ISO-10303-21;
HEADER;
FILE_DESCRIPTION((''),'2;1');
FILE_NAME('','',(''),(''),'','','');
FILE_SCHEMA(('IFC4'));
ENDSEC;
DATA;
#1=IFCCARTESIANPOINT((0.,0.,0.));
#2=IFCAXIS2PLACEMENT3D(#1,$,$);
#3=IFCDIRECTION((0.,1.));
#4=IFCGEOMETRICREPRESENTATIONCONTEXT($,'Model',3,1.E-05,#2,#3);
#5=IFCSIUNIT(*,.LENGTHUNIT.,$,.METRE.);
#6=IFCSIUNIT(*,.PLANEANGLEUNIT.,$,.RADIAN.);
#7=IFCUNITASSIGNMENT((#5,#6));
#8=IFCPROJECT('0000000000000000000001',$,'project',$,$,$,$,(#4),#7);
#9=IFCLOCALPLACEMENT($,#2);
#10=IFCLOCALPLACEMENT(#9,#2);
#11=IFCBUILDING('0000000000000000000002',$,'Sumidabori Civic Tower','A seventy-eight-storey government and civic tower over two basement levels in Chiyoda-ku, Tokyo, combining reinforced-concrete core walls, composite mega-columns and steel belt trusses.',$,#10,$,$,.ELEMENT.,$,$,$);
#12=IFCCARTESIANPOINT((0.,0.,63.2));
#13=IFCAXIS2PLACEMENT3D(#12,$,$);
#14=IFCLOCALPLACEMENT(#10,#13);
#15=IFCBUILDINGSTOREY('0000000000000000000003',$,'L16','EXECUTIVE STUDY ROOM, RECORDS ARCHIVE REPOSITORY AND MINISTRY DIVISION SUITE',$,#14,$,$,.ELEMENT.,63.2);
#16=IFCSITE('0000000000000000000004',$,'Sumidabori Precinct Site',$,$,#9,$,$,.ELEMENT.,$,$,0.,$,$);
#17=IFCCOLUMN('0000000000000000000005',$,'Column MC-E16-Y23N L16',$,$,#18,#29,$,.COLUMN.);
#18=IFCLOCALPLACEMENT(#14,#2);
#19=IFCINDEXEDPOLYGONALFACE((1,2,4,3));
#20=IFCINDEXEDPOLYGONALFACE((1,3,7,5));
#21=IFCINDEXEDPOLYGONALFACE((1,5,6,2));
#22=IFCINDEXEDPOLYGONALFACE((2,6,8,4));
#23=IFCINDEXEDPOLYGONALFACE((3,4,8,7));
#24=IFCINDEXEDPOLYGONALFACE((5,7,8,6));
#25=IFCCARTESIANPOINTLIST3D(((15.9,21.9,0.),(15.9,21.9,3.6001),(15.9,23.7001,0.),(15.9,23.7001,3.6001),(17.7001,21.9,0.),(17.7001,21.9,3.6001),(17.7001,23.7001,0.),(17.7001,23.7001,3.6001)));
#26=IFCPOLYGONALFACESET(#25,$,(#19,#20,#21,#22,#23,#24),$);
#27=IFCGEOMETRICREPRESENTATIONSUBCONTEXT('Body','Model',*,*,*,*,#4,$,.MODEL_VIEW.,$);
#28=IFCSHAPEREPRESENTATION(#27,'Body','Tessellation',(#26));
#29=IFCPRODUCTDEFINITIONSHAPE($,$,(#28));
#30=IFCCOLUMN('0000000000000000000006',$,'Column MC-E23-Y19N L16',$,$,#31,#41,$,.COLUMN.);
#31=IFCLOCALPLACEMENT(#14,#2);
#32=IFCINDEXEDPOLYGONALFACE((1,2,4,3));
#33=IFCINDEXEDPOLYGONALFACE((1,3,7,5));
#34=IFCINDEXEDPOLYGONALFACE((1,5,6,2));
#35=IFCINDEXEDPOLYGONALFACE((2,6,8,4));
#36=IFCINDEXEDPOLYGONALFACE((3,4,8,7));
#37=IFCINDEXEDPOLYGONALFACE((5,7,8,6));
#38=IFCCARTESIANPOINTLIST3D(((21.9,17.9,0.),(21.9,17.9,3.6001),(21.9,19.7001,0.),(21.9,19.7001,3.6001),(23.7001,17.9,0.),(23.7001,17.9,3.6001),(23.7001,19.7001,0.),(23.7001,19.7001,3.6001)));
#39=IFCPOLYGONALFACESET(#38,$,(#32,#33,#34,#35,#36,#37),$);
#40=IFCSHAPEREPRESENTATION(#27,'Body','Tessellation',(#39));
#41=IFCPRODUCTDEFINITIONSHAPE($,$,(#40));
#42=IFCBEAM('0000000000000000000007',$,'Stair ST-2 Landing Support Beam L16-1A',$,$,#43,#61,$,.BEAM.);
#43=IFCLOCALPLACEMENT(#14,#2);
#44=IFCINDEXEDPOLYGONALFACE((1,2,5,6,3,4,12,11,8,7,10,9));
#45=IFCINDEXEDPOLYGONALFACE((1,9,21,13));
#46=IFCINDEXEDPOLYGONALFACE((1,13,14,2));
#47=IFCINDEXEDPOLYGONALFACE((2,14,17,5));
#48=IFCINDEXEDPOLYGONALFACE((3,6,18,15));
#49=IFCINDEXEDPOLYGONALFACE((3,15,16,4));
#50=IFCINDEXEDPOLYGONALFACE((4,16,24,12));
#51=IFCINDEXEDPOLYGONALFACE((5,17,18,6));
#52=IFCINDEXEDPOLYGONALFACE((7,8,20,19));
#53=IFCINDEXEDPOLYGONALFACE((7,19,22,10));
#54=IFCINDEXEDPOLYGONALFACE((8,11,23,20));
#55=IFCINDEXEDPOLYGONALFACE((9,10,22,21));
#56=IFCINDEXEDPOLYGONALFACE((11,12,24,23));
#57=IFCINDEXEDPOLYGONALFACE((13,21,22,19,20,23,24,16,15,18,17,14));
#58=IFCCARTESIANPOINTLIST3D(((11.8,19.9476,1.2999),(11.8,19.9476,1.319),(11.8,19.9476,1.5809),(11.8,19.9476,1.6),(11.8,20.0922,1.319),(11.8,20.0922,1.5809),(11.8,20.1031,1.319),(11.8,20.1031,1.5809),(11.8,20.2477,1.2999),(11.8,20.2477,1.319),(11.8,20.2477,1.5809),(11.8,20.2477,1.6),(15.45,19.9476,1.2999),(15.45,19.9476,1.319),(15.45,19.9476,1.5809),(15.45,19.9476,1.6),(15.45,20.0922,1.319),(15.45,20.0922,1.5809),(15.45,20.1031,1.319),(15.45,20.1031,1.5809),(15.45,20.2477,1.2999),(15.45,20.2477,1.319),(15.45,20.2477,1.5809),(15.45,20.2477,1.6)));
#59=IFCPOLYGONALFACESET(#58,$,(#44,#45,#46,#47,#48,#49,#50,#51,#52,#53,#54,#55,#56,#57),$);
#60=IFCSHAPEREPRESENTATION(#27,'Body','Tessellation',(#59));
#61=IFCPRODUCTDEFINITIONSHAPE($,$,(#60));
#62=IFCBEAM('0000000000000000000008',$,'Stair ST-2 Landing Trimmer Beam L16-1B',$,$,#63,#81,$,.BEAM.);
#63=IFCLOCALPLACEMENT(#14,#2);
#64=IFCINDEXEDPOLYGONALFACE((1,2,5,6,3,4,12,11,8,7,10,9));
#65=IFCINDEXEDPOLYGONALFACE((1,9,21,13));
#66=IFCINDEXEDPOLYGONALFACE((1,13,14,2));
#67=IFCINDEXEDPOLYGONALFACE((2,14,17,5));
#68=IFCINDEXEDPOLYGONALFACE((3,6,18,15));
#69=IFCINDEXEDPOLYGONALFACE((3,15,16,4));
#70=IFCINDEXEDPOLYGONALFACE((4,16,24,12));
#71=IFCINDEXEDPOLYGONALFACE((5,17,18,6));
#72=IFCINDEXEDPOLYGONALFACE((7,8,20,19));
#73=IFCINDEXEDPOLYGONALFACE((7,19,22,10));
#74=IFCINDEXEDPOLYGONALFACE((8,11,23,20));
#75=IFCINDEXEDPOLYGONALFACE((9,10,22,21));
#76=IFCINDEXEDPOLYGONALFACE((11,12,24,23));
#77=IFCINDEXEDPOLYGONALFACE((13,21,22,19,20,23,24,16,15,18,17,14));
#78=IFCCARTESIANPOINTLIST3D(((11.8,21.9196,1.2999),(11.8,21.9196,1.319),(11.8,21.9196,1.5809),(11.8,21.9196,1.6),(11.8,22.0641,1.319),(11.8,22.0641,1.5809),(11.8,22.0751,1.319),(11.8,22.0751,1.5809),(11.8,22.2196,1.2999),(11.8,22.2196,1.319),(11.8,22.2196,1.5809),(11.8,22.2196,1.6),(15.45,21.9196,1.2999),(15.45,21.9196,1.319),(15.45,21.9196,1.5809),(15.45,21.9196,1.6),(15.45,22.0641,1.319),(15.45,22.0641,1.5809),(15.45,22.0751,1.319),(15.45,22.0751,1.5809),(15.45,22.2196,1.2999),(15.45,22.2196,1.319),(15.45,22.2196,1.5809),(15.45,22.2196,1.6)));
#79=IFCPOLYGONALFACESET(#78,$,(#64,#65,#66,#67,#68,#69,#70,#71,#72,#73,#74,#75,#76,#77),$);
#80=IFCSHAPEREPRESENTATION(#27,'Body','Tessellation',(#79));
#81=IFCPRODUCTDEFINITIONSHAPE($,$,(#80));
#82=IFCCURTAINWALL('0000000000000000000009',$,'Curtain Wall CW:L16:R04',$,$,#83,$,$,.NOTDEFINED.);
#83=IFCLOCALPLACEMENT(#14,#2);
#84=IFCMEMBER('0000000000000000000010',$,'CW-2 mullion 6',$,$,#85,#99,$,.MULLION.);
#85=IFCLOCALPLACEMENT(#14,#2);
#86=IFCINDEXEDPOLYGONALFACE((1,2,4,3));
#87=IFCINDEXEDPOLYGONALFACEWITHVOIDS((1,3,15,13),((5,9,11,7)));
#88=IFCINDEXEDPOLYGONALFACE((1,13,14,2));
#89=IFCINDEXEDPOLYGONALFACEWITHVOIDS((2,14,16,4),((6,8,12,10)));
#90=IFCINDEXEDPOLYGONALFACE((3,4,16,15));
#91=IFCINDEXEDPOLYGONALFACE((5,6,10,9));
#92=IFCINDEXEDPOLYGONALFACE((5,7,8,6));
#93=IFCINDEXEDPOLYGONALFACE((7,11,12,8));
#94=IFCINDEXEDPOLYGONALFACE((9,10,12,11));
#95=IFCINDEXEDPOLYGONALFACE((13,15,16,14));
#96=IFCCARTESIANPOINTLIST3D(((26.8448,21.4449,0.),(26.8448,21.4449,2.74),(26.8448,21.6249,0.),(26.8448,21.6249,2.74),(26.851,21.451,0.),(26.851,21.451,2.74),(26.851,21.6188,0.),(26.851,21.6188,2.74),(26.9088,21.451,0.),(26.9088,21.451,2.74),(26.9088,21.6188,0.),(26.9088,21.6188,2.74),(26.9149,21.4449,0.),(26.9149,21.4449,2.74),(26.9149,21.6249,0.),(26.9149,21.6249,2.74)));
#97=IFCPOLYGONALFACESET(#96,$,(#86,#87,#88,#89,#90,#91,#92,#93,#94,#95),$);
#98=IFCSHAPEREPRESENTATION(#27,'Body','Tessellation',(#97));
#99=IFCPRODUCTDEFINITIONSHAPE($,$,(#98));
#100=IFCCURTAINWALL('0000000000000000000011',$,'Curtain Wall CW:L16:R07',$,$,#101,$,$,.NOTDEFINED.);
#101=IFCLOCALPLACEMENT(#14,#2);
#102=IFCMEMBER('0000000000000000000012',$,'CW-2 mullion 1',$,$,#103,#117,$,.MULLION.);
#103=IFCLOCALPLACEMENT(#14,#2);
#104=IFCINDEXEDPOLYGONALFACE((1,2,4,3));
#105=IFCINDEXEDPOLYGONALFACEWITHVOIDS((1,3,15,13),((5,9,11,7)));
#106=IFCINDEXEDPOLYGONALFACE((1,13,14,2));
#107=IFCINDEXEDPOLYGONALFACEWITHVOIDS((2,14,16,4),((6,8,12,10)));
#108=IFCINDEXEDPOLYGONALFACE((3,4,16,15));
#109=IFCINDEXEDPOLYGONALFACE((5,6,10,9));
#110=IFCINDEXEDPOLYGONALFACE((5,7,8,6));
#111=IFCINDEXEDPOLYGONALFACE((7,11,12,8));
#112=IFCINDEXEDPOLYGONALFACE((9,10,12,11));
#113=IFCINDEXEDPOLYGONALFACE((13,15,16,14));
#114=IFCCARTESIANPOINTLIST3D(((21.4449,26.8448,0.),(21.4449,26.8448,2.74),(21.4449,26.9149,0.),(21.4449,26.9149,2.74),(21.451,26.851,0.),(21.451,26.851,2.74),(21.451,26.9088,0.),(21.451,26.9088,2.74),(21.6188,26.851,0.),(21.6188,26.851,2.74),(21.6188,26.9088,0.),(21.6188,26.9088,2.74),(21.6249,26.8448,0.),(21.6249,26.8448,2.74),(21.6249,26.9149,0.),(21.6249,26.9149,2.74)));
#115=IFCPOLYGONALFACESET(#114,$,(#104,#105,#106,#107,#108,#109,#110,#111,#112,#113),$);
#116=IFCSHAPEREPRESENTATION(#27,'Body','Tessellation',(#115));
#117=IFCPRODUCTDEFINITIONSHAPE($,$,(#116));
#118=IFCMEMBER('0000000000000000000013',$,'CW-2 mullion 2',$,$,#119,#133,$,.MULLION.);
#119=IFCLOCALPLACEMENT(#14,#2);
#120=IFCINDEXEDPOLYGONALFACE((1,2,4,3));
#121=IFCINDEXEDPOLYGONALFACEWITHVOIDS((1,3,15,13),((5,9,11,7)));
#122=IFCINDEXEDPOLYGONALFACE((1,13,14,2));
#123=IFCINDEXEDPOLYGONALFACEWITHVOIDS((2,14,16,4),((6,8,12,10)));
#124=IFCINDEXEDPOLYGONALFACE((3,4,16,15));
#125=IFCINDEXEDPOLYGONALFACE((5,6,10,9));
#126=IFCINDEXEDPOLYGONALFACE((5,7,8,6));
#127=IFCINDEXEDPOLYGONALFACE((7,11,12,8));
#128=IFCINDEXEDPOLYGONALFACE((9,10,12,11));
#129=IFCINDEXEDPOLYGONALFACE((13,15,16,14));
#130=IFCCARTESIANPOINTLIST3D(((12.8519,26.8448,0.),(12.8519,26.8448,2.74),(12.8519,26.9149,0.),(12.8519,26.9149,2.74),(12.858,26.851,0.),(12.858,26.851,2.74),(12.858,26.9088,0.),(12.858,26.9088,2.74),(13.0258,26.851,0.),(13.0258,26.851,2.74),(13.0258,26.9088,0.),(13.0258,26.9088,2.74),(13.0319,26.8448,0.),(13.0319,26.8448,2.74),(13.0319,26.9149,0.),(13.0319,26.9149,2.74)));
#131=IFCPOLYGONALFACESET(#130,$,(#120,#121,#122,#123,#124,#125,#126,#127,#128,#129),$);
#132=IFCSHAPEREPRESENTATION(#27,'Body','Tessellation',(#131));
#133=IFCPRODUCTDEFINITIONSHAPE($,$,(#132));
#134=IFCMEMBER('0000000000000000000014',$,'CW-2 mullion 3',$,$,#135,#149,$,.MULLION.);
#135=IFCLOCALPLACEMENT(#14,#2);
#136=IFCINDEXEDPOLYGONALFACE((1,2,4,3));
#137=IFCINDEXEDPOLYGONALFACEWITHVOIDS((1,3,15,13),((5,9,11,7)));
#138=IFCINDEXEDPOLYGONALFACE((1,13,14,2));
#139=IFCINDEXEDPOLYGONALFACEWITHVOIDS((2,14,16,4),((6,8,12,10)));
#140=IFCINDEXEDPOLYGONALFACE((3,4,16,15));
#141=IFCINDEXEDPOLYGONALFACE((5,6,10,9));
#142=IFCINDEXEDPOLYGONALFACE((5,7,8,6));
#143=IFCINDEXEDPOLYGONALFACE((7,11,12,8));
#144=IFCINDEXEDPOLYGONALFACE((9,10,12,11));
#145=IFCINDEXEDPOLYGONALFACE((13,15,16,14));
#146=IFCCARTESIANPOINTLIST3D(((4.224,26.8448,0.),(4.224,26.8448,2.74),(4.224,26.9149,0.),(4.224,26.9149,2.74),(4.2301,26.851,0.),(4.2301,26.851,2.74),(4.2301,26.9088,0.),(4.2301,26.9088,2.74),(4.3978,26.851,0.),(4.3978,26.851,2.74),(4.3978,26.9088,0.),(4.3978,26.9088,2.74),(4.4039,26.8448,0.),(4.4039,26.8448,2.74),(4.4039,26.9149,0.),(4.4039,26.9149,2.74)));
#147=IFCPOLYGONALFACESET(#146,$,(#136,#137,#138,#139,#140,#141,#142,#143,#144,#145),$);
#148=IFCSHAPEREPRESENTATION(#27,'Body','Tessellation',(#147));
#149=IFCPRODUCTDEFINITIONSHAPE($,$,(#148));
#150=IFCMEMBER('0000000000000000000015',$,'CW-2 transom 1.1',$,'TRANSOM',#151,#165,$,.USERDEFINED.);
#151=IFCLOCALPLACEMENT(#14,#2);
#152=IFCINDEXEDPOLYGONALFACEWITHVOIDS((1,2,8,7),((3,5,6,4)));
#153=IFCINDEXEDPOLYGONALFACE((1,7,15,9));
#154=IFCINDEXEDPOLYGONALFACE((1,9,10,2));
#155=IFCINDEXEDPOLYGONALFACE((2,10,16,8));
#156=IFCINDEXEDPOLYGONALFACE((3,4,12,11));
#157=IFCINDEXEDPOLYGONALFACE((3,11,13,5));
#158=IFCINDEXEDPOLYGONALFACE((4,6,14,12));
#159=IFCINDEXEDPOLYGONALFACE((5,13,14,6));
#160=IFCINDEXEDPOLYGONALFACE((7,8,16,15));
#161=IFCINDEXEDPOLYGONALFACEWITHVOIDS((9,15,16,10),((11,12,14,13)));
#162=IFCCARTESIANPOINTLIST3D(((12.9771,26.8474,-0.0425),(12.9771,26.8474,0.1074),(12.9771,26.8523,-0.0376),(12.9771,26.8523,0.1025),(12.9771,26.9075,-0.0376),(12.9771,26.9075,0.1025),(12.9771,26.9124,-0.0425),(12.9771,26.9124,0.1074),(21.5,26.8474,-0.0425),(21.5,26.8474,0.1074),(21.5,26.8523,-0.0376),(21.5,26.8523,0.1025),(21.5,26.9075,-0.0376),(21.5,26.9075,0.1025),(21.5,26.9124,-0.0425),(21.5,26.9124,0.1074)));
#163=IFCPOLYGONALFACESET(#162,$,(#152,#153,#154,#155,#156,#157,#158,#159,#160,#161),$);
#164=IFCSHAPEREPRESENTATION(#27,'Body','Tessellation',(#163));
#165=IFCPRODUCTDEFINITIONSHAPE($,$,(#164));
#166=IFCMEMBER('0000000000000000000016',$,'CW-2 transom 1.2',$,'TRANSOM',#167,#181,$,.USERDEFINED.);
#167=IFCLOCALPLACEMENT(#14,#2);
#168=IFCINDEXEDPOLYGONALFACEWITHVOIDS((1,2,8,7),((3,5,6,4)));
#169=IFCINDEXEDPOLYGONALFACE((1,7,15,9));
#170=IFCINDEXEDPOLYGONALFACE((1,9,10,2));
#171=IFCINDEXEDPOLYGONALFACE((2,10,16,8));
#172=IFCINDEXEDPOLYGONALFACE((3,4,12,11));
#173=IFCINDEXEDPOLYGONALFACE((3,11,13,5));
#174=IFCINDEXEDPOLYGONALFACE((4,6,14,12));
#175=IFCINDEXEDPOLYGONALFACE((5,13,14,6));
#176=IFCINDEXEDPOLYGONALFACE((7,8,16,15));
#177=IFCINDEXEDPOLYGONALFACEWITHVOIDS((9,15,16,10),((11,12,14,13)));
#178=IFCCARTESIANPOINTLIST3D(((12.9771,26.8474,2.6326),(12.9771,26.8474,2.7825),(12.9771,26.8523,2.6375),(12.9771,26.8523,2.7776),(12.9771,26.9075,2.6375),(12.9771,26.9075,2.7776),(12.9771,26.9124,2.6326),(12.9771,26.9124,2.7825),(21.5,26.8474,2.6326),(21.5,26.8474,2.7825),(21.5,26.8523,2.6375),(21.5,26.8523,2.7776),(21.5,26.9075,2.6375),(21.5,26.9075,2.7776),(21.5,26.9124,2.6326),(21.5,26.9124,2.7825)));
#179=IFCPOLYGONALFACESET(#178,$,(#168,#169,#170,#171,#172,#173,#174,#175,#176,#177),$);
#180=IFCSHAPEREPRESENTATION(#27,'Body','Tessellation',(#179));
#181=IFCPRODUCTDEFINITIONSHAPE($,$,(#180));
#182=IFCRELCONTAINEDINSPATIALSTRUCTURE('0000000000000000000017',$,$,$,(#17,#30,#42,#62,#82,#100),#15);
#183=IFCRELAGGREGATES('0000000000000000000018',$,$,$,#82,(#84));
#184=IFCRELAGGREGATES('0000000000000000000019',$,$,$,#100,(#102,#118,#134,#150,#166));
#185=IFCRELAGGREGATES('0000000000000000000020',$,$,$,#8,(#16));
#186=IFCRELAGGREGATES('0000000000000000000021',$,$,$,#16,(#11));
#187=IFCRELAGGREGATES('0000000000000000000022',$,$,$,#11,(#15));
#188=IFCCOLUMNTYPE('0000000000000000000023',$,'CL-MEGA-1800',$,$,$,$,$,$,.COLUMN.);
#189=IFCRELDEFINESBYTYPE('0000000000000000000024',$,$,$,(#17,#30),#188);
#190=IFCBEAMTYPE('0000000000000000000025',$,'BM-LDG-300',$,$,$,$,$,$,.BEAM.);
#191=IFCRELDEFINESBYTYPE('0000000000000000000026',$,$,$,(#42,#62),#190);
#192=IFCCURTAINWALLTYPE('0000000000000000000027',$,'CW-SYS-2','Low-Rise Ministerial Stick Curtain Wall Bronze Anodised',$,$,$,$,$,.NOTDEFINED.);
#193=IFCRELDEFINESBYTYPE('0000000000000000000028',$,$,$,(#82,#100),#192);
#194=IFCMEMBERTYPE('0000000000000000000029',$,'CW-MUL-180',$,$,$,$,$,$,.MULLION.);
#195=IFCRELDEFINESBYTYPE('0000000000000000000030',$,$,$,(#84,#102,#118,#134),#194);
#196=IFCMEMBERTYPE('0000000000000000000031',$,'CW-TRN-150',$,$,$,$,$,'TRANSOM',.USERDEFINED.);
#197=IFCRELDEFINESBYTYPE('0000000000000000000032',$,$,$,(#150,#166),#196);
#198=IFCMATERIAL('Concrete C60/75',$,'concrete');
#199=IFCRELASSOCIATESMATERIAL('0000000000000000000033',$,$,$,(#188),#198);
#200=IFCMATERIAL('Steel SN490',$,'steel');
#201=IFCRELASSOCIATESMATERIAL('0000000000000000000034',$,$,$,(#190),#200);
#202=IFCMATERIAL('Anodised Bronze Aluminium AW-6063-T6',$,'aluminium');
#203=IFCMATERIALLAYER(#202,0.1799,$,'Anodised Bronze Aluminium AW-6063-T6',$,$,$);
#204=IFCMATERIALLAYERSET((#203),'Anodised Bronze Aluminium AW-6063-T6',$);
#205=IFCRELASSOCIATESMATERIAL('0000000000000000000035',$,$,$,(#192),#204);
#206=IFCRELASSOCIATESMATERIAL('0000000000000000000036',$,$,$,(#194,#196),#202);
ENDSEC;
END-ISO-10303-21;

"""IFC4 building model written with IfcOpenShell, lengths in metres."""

from ifc_helpers import new_model, si_unit, direction, frame, origin, origin_2d, place, context, subcontext, project, spatial, rectangle, hollow_rectangle, i_section, extrude, source, transform, mapped, material, layer, layer_set, material_profile, profile_set, type_object, element, aggregate, save


model = new_model("IFC4")

# Units and contexts
model_context = context("Model", 3, precision=1e-05, world=origin(), true_north=direction((0.0, 1.0)))
body_context = subcontext(model_context, "Body", "Model", "MODEL_VIEW")
ifc_project = project(units=[si_unit("LENGTHUNIT", "METRE"), si_unit("PLANEANGLEUNIT", "RADIAN")], contexts=[model_context])

# Site, building, storey
site_placement = place(None, origin())
site = spatial("IfcSite", under=ifc_project, at=site_placement, Name="Sumidabori Precinct Site", CompositionType="ELEMENT", RefElevation=0.0)
building_placement = place(site_placement, origin())
building = spatial("IfcBuilding", under=site, at=building_placement, Name="Sumidabori Civic Tower", Description="A seventy-eight-storey government and civic tower over two basement levels in Chiyoda-ku, Tokyo, combining reinforced-concrete core walls, composite mega-columns and steel belt trusses.", CompositionType="ELEMENT")
storey_placement = place(building_placement, frame((0.0, 0.0, 63.2)))
storey = spatial("IfcBuildingStorey", under=building, at=storey_placement, Name="L16", Description="EXECUTIVE STUDY ROOM, RECORDS ARCHIVE REPOSITORY AND MINISTRY DIVISION SUITE", CompositionType="ELEMENT", Elevation=63.2)

# Columns
ifc_material_1 = material(Name="Concrete C60/75", Category="concrete")
ifc_material_profile_1 = material_profile(ifc_material_1, rectangle(XDim=1.8, YDim=1.8, at=origin_2d()), Name="RC 1800x1800")
ifc_profile_set_1 = profile_set([ifc_material_profile_1], Name="Concrete C60/75")
column_type = type_object("IfcColumnType", Name="CL-MEGA-1800", PredefinedType="COLUMN", material=ifc_profile_set_1)
shared_shape_1 = source(origin(), body_context, "Body", "SweptSolid", [
    extrude(rectangle(XDim=1.8, YDim=1.8, at=origin_2d()), origin(), (0.0, 0.0, 1.0), 3.6001),
])
for number, where, z_axis, x_axis, name in (
    (1, (16.8, 22.8, 0.0), (0.0, 0.0, 1.0), (1.0, 0.0, 0.0), "Column MC-E16-Y23N L16"),
    (2, (22.8, 18.8, 0.0), (0.0, 0.0, 1.0), (1.0, 0.0, 0.0), "Column MC-E23-Y19N L16"),
):
    element("IfcColumn", number, at=place(storey_placement, frame(where, z_axis=z_axis, x_axis=x_axis)), inside=storey, type_object=column_type, Name=name, PredefinedType="COLUMN", context=body_context, shape_type="MappedRepresentation", body=[
        mapped(shared_shape_1, transform((0.0, 0.0, 0.0), x_axis=(1.0, 0.0, 0.0), y_axis=(0.0, 1.0, 0.0), z_axis=(0.0, 0.0, 1.0), scale=1.0)),
    ])

# Beams
ifc_material_2 = material(Name="Steel SN490", Category="steel")
ifc_material_profile_2 = material_profile(ifc_material_2, i_section(OverallWidth=0.3, OverallDepth=0.3, WebThickness=0.011, FlangeThickness=0.019, at=origin_2d()), Name="HE 300 B")
ifc_profile_set_2 = profile_set([ifc_material_profile_2], Name="Steel SN490")
beam_type = type_object("IfcBeamType", Name="BM-LDG-300", PredefinedType="BEAM", material=ifc_profile_set_2)
shared_shape_2 = source(origin(), body_context, "Body", "SweptSolid", [
    extrude(i_section(OverallWidth=0.3, OverallDepth=0.3, WebThickness=0.011, FlangeThickness=0.019, at=origin_2d()), origin(), (0.0, 0.0, 1.0), 3.6499),
])
for number, where, z_axis, x_axis, name in (
    (3, (11.8, 20.0977, 1.45), (1.0, 0.0, 0.0), (0.0, 1.0, 0.0), "Stair ST-2 Landing Support Beam L16-1A"),
    (4, (11.8, 22.0696, 1.45), (1.0, 0.0, 0.0), (0.0, 1.0, 0.0), "Stair ST-2 Landing Trimmer Beam L16-1B"),
):
    element("IfcBeam", number, at=place(storey_placement, frame(where, z_axis=z_axis, x_axis=x_axis)), inside=storey, type_object=beam_type, Name=name, PredefinedType="BEAM", context=body_context, shape_type="MappedRepresentation", body=[
        mapped(shared_shape_2, transform((0.0, 0.0, 0.0), x_axis=(1.0, 0.0, 0.0), y_axis=(0.0, 1.0, 0.0), z_axis=(0.0, 0.0, 1.0), scale=1.0)),
    ])

# Curtain wall, member
ifc_material_3 = material(Name="Anodised Bronze Aluminium AW-6063-T6", Category="aluminium")
ifc_layer_1 = layer(ifc_material_3, 0.1799, Name="Anodised Bronze Aluminium AW-6063-T6")
ifc_layer_set_1 = layer_set([ifc_layer_1], Name="Anodised Bronze Aluminium AW-6063-T6")
curtain_wall_type = type_object("IfcCurtainWallType", Name="CW-SYS-2", Description="Low-Rise Ministerial Stick Curtain Wall Bronze Anodised", PredefinedType="NOTDEFINED", material=ifc_layer_set_1)
curtain_wall_1_placement = place(storey_placement, origin())
curtain_wall_1 = element("IfcCurtainWall", 5, at=curtain_wall_1_placement, inside=storey, type_object=curtain_wall_type, Name="Curtain Wall CW:L16:R04", PredefinedType="NOTDEFINED")
ifc_material_profile_3 = material_profile(ifc_material_3, hollow_rectangle(XDim=0.0701, YDim=0.1799, WallThickness=0.0061, at=origin_2d()), Name="ALU MULLION 180x70")
ifc_profile_set_3 = profile_set([ifc_material_profile_3], Name="Anodised Bronze Aluminium AW-6063-T6")
member_type_1 = type_object("IfcMemberType", Name="CW-MUL-180", PredefinedType="MULLION", material=ifc_profile_set_3)
shared_shape_3 = source(origin(), body_context, "Body", "SweptSolid", [
    extrude(hollow_rectangle(XDim=0.0701, YDim=0.1799, WallThickness=0.0061, at=origin_2d()), origin(), (0.0, 0.0, 1.0), 2.74),
])
member_1_placement = place(storey_placement, frame((26.8799, 21.5349, 0.0), z_axis=(0.0, 0.0, 1.0), x_axis=(-1.0, 0.0, 0.0)))
member_1 = element("IfcMember", 6, at=member_1_placement, type_object=member_type_1, Name="CW-2 mullion 6", PredefinedType="MULLION", context=body_context, shape_type="MappedRepresentation", body=[
    mapped(shared_shape_3, transform((0.0, 0.0, 0.0), x_axis=(1.0, 0.0, 0.0), y_axis=(0.0, 1.0, 0.0), z_axis=(0.0, 0.0, 1.0), scale=1.0)),
])

# Curtain wall, members
curtain_wall_2_placement = place(storey_placement, origin())
curtain_wall_2 = element("IfcCurtainWall", 7, at=curtain_wall_2_placement, inside=storey, type_object=curtain_wall_type, Name="Curtain Wall CW:L16:R07", PredefinedType="NOTDEFINED")
member_2_placement = place(storey_placement, frame((21.5349, 26.8799, 0.0), z_axis=(0.0, 0.0, 1.0), x_axis=(0.0, -1.0, 0.0)))
member_2 = element("IfcMember", 8, at=member_2_placement, type_object=member_type_1, Name="CW-2 mullion 1", PredefinedType="MULLION", context=body_context, shape_type="MappedRepresentation", body=[
    mapped(shared_shape_3, transform((0.0, 0.0, 0.0), x_axis=(1.0, 0.0, 0.0), y_axis=(0.0, 1.0, 0.0), z_axis=(0.0, 0.0, 1.0), scale=1.0)),
])
member_3_placement = place(storey_placement, frame((12.9419, 26.8799, 0.0), z_axis=(0.0, 0.0, 1.0), x_axis=(0.0, -1.0, 0.0)))
member_3 = element("IfcMember", 9, at=member_3_placement, type_object=member_type_1, Name="CW-2 mullion 2", PredefinedType="MULLION", context=body_context, shape_type="MappedRepresentation", body=[
    mapped(shared_shape_3, transform((0.0, 0.0, 0.0), x_axis=(1.0, 0.0, 0.0), y_axis=(0.0, 1.0, 0.0), z_axis=(0.0, 0.0, 1.0), scale=1.0)),
])
member_4_placement = place(storey_placement, frame((4.314, 26.8799, 0.0), z_axis=(0.0, 0.0, 1.0), x_axis=(0.0, -1.0, 0.0)))
member_4 = element("IfcMember", 10, at=member_4_placement, type_object=member_type_1, Name="CW-2 mullion 3", PredefinedType="MULLION", context=body_context, shape_type="MappedRepresentation", body=[
    mapped(shared_shape_3, transform((0.0, 0.0, 0.0), x_axis=(1.0, 0.0, 0.0), y_axis=(0.0, 1.0, 0.0), z_axis=(0.0, 0.0, 1.0), scale=1.0)),
])
ifc_material_profile_4 = material_profile(ifc_material_3, hollow_rectangle(XDim=0.0649, YDim=0.1499, WallThickness=0.0049, at=origin_2d()), Name="ALU TRANSOM 150x65")
ifc_profile_set_4 = profile_set([ifc_material_profile_4], Name="Anodised Bronze Aluminium AW-6063-T6")
member_type_2 = type_object("IfcMemberType", Name="CW-TRN-150", ElementType="TRANSOM", PredefinedType="USERDEFINED", material=ifc_profile_set_4)
shared_shape_4 = source(origin(), body_context, "Body", "SweptSolid", [
    extrude(hollow_rectangle(XDim=0.0649, YDim=0.1499, WallThickness=0.0049, at=origin_2d()), origin(), (0.0, 0.0, 1.0), 8.5229),
])
member_5_placement = place(storey_placement, frame((21.5, 26.8799, 0.0325), z_axis=(-1.0, 0.0, 0.0), x_axis=(0.0, -1.0, 0.0)))
member_5 = element("IfcMember", 11, at=member_5_placement, type_object=member_type_2, Name="CW-2 transom 1.1", ObjectType="TRANSOM", PredefinedType="USERDEFINED", context=body_context, shape_type="MappedRepresentation", body=[
    mapped(shared_shape_4, transform((0.0, 0.0, 0.0), x_axis=(1.0, 0.0, 0.0), y_axis=(0.0, 1.0, 0.0), z_axis=(0.0, 0.0, 1.0), scale=1.0)),
])
member_6_placement = place(storey_placement, frame((21.5, 26.8799, 2.7075), z_axis=(-1.0, 0.0, 0.0), x_axis=(0.0, -1.0, 0.0)))
member_6 = element("IfcMember", 12, at=member_6_placement, type_object=member_type_2, Name="CW-2 transom 1.2", ObjectType="TRANSOM", PredefinedType="USERDEFINED", context=body_context, shape_type="MappedRepresentation", body=[
    mapped(shared_shape_4, transform((0.0, 0.0, 0.0), x_axis=(1.0, 0.0, 0.0), y_axis=(0.0, 1.0, 0.0), z_axis=(0.0, 0.0, 1.0), scale=1.0)),
])

aggregate(curtain_wall_1, [member_1])
aggregate(curtain_wall_2, [member_2, member_3, member_4, member_5, member_6])

save(model, "model.ifc")
